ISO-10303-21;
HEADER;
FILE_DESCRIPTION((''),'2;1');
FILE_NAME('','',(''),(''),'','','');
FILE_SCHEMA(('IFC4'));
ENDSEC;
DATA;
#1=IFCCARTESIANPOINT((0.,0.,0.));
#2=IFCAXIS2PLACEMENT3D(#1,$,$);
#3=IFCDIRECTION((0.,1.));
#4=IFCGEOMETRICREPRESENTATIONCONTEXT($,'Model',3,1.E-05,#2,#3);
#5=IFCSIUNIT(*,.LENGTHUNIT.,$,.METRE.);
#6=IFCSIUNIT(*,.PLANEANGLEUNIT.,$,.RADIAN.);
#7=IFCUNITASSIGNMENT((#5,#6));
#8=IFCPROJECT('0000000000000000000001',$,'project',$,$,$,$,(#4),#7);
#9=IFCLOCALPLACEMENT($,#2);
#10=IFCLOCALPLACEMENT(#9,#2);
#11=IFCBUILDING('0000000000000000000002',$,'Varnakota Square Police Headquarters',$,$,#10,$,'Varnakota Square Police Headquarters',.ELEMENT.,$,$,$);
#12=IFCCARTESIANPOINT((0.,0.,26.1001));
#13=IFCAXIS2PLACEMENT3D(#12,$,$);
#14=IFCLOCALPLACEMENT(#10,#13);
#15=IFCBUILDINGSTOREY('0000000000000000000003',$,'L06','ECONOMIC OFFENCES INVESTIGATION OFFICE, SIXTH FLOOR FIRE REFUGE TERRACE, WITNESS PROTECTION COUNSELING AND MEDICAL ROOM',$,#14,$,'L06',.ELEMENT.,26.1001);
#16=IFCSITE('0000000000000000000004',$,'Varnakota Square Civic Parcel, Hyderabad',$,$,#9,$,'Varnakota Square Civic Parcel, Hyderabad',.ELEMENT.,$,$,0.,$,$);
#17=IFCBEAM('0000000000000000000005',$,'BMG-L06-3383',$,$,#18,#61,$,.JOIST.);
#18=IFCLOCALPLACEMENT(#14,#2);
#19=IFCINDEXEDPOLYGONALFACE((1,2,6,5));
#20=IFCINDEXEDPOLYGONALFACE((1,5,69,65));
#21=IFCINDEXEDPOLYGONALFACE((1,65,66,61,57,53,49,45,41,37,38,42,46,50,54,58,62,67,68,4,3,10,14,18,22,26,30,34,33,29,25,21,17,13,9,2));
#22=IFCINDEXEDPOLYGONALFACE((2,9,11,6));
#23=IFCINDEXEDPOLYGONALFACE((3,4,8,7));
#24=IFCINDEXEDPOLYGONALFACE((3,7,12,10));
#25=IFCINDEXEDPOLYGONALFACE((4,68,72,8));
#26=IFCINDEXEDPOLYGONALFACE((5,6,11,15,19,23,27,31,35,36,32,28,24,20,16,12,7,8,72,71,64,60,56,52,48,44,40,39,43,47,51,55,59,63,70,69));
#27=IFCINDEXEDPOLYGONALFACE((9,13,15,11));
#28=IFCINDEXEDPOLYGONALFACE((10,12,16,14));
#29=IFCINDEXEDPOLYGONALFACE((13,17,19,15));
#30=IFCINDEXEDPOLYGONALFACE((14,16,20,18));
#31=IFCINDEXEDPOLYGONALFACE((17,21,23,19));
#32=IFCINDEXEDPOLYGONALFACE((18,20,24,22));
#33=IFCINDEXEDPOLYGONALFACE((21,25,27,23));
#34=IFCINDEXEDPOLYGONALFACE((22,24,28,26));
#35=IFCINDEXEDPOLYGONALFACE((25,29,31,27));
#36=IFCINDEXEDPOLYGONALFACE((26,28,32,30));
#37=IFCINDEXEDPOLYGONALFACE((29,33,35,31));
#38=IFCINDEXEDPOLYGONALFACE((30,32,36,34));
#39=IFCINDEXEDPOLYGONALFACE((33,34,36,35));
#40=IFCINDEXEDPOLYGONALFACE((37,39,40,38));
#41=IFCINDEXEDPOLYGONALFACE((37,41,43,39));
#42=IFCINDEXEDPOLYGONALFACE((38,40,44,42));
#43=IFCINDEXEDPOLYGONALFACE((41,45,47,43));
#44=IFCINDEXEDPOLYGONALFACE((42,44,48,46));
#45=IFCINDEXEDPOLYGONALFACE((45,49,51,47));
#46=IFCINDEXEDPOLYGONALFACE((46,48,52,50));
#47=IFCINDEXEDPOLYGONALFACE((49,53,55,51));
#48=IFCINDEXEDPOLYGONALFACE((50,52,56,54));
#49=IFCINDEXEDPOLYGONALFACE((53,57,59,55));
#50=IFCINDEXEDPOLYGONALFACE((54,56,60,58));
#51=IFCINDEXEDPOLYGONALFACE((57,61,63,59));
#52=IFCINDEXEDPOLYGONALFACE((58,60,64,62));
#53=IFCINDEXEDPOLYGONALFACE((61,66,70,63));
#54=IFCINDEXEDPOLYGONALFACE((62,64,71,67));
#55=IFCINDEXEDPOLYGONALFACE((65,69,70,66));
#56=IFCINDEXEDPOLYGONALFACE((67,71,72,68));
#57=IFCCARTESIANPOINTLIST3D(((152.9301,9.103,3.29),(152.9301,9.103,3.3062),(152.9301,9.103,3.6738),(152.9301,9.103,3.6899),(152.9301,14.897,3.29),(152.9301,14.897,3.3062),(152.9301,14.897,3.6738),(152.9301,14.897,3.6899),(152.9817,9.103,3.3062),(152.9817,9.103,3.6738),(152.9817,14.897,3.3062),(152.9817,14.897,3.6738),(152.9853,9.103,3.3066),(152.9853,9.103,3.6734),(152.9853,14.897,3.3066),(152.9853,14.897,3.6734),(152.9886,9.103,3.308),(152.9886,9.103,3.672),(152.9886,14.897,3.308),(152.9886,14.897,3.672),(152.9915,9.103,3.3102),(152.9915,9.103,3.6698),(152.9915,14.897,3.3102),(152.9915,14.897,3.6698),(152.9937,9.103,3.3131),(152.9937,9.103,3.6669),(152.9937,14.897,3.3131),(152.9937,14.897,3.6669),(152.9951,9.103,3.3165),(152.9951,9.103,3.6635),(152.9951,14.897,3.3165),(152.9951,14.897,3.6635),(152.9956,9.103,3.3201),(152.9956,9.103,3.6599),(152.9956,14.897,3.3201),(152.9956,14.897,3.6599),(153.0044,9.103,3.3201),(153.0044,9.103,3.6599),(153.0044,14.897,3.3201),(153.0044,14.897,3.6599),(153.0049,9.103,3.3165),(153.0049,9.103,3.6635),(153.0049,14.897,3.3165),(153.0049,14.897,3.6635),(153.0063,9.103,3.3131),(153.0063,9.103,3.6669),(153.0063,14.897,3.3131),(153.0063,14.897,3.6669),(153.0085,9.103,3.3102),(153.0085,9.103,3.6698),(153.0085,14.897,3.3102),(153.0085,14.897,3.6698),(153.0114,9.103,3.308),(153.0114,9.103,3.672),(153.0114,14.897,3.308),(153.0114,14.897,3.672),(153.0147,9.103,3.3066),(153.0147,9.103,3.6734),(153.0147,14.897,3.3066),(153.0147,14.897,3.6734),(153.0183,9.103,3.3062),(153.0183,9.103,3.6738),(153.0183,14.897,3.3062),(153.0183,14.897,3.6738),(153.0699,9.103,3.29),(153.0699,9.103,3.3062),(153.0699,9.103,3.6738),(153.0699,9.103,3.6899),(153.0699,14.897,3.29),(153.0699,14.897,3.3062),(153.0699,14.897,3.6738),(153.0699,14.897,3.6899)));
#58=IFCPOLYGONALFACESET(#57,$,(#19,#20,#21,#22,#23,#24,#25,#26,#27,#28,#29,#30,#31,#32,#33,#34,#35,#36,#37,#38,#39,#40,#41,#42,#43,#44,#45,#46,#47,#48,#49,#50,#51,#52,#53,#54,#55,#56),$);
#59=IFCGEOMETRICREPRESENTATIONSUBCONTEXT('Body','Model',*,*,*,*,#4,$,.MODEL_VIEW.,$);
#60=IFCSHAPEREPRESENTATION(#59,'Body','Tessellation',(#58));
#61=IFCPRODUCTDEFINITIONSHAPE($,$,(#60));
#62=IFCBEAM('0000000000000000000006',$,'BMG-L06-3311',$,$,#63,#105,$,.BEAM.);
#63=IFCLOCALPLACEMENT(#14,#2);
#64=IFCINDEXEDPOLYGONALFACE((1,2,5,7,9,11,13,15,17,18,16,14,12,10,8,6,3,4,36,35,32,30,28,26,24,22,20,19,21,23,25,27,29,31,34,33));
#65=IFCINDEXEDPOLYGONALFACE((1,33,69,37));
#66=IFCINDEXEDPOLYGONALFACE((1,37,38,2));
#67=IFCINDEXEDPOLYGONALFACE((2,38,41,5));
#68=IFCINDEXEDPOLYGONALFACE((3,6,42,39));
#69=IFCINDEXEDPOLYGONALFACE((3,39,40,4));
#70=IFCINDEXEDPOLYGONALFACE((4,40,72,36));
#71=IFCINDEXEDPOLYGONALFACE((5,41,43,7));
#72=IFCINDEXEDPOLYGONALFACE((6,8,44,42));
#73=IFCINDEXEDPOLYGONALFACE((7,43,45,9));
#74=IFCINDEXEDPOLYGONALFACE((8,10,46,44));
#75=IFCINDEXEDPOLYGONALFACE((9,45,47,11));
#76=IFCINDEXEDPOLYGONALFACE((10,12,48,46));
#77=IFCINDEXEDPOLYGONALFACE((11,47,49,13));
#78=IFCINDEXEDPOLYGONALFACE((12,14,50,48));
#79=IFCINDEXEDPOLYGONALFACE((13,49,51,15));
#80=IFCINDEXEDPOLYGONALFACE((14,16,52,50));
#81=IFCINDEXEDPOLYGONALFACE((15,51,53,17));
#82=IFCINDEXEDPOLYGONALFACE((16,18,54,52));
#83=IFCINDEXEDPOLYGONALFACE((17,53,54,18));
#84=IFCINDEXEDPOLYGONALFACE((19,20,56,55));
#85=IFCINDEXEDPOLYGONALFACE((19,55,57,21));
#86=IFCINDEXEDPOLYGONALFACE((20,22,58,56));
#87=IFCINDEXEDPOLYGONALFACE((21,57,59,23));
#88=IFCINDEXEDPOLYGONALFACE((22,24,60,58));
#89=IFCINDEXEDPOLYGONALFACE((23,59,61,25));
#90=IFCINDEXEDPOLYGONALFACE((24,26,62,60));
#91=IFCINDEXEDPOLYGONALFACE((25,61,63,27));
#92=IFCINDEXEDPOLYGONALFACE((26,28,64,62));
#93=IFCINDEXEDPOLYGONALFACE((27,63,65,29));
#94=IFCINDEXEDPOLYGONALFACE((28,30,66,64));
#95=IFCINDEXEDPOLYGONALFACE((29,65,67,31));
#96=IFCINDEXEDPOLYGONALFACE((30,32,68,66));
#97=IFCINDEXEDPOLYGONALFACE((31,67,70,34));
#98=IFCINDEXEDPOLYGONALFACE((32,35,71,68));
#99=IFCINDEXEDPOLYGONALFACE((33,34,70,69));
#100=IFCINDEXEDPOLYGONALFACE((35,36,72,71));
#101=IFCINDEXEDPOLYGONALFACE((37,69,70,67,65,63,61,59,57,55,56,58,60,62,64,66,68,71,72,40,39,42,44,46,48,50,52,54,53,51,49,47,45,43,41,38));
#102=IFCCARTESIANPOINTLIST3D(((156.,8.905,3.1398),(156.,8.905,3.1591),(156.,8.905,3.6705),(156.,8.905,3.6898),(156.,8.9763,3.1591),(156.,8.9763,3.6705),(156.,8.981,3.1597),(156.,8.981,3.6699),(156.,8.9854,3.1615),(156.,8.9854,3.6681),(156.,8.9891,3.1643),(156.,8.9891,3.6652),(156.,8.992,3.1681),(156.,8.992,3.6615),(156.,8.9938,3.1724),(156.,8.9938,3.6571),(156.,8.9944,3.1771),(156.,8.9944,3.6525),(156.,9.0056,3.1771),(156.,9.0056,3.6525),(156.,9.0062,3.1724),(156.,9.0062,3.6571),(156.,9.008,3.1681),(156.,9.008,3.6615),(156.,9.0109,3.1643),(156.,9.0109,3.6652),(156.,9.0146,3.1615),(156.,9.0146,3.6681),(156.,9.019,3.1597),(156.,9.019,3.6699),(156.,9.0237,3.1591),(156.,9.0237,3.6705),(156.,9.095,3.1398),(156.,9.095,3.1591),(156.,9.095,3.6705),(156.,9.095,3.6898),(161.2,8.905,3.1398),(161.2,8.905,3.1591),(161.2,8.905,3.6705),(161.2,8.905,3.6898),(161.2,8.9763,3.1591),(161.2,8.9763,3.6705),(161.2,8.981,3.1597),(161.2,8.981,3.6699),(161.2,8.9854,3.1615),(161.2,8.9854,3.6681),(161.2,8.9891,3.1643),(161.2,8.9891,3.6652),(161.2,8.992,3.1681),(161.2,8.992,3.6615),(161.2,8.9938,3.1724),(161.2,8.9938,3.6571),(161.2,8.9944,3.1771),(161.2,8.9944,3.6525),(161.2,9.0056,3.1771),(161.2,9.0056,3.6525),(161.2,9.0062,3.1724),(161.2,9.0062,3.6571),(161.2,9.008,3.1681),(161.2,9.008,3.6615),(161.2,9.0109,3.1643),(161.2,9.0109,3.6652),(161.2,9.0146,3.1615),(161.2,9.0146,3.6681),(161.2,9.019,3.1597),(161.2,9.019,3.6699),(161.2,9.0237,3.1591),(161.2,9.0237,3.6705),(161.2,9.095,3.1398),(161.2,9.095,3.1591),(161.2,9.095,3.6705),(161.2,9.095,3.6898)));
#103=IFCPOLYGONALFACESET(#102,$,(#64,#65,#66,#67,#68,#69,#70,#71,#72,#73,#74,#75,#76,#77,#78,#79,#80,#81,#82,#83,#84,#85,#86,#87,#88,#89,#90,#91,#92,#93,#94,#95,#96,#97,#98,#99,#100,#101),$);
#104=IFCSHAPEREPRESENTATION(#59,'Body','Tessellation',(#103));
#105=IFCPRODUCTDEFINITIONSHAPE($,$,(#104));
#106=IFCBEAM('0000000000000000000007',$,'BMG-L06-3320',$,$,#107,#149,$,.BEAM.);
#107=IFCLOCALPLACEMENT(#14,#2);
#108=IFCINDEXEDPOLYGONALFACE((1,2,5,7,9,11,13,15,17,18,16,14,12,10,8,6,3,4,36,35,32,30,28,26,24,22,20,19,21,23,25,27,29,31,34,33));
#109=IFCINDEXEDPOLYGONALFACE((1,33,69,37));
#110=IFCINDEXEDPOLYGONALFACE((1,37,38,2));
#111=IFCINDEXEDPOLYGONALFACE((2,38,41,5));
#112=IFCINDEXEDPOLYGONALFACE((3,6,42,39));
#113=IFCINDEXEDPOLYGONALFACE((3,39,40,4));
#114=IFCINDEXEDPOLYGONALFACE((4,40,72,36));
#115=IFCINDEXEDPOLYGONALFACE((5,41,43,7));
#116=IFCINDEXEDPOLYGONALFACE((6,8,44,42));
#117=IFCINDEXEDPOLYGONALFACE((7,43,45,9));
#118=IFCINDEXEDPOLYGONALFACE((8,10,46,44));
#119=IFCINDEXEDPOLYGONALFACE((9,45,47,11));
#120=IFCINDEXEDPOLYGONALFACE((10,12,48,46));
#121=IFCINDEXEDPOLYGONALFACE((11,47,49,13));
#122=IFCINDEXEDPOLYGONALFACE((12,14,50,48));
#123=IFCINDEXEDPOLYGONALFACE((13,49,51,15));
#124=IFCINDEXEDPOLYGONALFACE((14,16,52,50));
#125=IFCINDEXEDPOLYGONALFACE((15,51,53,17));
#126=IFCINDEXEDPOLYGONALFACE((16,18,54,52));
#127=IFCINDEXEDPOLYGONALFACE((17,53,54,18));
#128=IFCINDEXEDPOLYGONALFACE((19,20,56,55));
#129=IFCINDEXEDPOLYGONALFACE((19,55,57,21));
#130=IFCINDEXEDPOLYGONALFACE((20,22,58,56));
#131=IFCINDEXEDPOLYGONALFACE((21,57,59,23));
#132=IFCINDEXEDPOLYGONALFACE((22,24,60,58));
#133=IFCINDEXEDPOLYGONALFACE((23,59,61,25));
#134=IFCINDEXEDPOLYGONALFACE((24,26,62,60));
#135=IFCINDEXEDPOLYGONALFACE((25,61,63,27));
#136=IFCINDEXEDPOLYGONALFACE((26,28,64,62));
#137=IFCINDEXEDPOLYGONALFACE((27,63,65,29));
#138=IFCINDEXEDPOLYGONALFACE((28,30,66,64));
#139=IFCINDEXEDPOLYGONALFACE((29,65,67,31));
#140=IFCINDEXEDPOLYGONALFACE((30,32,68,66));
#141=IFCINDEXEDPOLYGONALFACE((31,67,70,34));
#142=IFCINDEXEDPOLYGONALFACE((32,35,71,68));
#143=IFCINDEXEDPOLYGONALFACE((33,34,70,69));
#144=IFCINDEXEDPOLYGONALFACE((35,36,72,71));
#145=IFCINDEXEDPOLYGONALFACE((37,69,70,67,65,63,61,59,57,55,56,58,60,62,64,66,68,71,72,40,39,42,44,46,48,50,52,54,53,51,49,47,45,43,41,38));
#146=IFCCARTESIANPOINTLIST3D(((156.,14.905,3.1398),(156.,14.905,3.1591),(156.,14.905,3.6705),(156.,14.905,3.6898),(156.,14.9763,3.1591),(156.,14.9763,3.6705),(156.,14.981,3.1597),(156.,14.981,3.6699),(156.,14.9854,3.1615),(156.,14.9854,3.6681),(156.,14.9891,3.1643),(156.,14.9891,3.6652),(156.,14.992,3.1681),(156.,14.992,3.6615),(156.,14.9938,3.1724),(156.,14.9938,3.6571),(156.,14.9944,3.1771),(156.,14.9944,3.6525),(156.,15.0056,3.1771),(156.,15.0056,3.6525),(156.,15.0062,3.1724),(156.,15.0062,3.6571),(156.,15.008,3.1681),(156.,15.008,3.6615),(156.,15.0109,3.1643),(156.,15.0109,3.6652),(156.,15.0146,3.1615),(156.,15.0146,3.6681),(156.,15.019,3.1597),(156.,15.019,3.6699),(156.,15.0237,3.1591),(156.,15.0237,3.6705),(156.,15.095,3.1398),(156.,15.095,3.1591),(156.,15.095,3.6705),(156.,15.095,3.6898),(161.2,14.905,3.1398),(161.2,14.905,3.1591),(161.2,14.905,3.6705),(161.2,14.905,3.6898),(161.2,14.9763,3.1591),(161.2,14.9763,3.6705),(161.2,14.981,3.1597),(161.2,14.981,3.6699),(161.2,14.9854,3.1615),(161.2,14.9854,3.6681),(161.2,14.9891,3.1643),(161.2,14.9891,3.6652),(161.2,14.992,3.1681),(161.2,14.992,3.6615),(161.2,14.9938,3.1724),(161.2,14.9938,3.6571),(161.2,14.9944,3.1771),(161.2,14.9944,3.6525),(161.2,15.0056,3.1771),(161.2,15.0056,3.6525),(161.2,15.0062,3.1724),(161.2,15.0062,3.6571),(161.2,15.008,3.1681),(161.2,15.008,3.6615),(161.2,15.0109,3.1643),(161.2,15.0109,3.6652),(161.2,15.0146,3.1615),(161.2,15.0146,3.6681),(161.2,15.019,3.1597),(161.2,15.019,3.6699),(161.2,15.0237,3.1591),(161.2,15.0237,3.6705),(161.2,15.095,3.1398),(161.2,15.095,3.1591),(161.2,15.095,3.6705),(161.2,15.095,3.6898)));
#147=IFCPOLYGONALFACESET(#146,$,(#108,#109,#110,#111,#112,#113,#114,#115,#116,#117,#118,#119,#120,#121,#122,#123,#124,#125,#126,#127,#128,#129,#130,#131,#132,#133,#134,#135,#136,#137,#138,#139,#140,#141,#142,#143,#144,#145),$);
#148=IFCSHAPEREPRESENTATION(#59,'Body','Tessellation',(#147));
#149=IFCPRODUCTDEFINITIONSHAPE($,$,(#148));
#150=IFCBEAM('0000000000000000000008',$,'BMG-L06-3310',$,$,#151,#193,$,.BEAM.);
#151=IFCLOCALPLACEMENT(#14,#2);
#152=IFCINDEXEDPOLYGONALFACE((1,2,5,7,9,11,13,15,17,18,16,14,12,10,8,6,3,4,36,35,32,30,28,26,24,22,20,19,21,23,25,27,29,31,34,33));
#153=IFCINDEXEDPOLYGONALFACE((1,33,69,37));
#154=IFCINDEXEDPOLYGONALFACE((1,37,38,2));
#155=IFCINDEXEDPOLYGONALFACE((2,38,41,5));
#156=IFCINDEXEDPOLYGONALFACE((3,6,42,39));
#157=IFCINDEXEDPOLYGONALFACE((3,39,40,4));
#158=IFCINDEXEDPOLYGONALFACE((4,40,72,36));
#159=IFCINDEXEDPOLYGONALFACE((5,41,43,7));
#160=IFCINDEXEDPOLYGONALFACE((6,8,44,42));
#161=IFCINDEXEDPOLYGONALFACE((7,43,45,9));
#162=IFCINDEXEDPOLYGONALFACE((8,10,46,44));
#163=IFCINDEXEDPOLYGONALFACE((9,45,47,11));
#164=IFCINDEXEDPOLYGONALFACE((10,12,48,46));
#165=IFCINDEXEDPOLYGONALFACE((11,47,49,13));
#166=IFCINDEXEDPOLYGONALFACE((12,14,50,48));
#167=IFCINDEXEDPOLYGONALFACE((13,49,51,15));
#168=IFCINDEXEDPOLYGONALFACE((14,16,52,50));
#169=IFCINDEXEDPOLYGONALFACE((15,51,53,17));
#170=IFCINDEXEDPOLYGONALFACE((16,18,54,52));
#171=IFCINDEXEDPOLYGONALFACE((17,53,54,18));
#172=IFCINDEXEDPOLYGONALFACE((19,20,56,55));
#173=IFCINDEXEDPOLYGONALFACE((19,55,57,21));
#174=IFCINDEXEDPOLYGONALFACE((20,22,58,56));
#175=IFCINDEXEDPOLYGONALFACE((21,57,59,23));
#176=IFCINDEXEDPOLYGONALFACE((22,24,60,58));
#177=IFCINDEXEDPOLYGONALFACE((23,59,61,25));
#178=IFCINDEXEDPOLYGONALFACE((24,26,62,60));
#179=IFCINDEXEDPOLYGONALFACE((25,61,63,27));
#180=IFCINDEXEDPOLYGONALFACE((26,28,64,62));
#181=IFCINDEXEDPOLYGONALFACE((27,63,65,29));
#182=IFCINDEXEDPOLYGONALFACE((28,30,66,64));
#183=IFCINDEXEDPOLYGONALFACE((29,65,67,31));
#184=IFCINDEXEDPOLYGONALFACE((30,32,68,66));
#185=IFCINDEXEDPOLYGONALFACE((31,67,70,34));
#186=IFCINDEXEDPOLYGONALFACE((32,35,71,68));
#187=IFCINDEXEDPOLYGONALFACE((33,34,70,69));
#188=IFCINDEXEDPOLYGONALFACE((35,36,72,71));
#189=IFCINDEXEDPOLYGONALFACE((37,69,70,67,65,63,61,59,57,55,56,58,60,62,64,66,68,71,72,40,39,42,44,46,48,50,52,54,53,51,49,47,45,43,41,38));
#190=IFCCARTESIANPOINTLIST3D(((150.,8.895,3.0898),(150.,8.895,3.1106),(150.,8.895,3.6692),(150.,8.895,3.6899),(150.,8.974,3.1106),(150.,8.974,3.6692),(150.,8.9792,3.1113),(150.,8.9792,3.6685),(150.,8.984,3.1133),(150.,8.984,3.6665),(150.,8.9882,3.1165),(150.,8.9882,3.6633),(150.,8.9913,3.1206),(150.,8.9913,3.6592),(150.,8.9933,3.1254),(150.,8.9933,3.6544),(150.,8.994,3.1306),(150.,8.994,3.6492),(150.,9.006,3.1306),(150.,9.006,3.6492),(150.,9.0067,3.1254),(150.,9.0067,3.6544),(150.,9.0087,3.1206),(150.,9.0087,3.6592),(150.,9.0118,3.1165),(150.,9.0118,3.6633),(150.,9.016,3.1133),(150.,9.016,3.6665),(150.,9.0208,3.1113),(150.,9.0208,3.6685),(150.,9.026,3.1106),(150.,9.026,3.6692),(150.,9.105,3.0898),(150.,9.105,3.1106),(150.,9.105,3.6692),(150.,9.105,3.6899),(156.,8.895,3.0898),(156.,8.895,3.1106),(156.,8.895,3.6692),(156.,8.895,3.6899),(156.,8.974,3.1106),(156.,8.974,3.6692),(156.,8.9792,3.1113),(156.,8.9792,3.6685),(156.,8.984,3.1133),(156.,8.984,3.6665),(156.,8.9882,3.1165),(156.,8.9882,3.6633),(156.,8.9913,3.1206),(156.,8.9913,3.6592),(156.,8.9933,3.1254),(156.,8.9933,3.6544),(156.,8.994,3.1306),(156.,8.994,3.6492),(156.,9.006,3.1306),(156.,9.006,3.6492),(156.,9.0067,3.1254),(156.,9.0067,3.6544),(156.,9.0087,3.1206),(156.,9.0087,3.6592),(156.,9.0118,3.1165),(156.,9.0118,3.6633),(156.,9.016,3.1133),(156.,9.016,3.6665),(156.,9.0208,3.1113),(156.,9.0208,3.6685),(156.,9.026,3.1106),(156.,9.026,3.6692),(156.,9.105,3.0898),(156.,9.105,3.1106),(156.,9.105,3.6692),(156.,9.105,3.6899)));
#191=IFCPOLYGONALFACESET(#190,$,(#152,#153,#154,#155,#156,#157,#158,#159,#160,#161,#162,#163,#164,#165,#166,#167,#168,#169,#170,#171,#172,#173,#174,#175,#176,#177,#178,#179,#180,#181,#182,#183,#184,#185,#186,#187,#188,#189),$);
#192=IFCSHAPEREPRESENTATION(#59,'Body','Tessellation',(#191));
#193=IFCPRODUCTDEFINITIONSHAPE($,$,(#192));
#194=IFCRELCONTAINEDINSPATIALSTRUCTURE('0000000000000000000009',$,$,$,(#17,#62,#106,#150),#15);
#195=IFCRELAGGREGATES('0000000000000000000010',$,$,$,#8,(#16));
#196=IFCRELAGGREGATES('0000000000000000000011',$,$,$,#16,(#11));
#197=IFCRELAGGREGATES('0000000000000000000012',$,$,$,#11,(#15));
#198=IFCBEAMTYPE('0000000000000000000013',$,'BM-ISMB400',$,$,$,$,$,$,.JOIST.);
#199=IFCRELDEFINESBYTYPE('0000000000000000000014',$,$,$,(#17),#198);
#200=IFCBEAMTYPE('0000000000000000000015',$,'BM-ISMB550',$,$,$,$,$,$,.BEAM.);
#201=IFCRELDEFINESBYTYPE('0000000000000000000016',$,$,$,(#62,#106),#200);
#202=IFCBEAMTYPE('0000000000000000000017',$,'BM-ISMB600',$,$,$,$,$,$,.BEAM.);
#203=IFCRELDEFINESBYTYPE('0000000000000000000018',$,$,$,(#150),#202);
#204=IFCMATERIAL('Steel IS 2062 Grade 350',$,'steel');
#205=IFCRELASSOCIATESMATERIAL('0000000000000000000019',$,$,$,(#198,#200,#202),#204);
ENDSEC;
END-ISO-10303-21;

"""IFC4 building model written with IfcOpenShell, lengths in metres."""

from ifc_helpers import new_model, si_unit, direction, frame, origin, origin_2d, place, context, subcontext, project, spatial, i_section, extrude, material, material_profile, profile_set, type_object, element, save


model = new_model("IFC4")

# Units and contexts
model_context = context("Model", 3, precision=1e-05, world=origin(), true_north=direction((0.0, 1.0)))
body_context = subcontext(model_context, "Body", "Model", "MODEL_VIEW")
ifc_project = project(units=[si_unit("LENGTHUNIT", "METRE"), si_unit("PLANEANGLEUNIT", "RADIAN")], contexts=[model_context])

# Site, building, storey
site_placement = place(None, origin())
site = spatial("IfcSite", under=ifc_project, at=site_placement, Name="Varnakota Square Civic Parcel, Hyderabad", LongName="Varnakota Square Civic Parcel, Hyderabad", CompositionType="ELEMENT", RefElevation=0.0)
building_placement = place(site_placement, origin())
building = spatial("IfcBuilding", under=site, at=building_placement, Name="Varnakota Square Police Headquarters", LongName="Varnakota Square Police Headquarters", CompositionType="ELEMENT")
storey_placement = place(building_placement, frame((0.0, 0.0, 26.1001)))
storey = spatial("IfcBuildingStorey", under=building, at=storey_placement, Name="L06", Description="ECONOMIC OFFENCES INVESTIGATION OFFICE, SIXTH FLOOR FIRE REFUGE TERRACE, WITNESS PROTECTION COUNSELING AND MEDICAL ROOM", LongName="L06", CompositionType="ELEMENT", Elevation=26.1001)

# Shared definitions
ifc_material_1 = material(Name="Steel IS 2062 Grade 350", Category="steel")

# Beams
ifc_material_profile_1 = material_profile(ifc_material_1, i_section(OverallWidth=0.1399, OverallDepth=0.3999, WebThickness=0.0088, FlangeThickness=0.0161, FilletRadius=0.0139, at=origin_2d()), Name="ISMB 400")
ifc_profile_set_1 = profile_set([ifc_material_profile_1], Name="Steel IS 2062 Grade 350")
beam_type_1 = type_object("IfcBeamType", Name="BM-ISMB400", PredefinedType="JOIST", material=ifc_profile_set_1)
beam_1_placement = place(storey_placement, frame((153.0, 9.103, 3.49), z_axis=(0.0, 1.0, 0.0), x_axis=(-1.0, 0.0, 0.0)))
element("IfcBeam", 1, at=beam_1_placement, inside=storey, type_object=beam_type_1, Name="BMG-L06-3383", PredefinedType="JOIST", context=body_context, shape_type="SweptSolid", body=[
    extrude(i_section(OverallWidth=0.1399, OverallDepth=0.3999, WebThickness=0.0088, FlangeThickness=0.0161, FilletRadius=0.0139, at=origin_2d()), origin(), (0.0, 0.0, 1.0), 5.7939),
])
ifc_material_profile_2 = material_profile(ifc_material_1, i_section(OverallWidth=0.1899, OverallDepth=0.55, WebThickness=0.0112, FlangeThickness=0.0193, FilletRadius=0.0181, at=origin_2d()), Name="ISMB 550")
ifc_profile_set_2 = profile_set([ifc_material_profile_2], Name="Steel IS 2062 Grade 350")
beam_type_2 = type_object("IfcBeamType", Name="BM-ISMB550", PredefinedType="BEAM", material=ifc_profile_set_2)
for number, where, z_axis, x_axis, name in (
    (2, (156.0, 9.0, 3.4148), (1.0, 0.0, 0.0), (0.0, 1.0, 0.0), "BMG-L06-3311"),
    (3, (156.0, 15.0, 3.4148), (1.0, 0.0, 0.0), (0.0, 1.0, 0.0), "BMG-L06-3320"),
):
    element("IfcBeam", number, at=place(storey_placement, frame(where, z_axis=z_axis, x_axis=x_axis)), inside=storey, type_object=beam_type_2, Name=name, PredefinedType="BEAM", context=body_context, shape_type="SweptSolid", body=[
        extrude(i_section(OverallWidth=0.1899, OverallDepth=0.55, WebThickness=0.0112, FlangeThickness=0.0193, FilletRadius=0.0181, at=origin_2d()), origin(), (0.0, 0.0, 1.0), 5.2),
    ])
ifc_material_profile_3 = material_profile(ifc_material_1, i_section(OverallWidth=0.21, OverallDepth=0.6001, WebThickness=0.012, FlangeThickness=0.0208, FilletRadius=0.02, at=origin_2d()), Name="ISMB 600")
ifc_profile_set_3 = profile_set([ifc_material_profile_3], Name="Steel IS 2062 Grade 350")
beam_type_3 = type_object("IfcBeamType", Name="BM-ISMB600", PredefinedType="BEAM", material=ifc_profile_set_3)
for number, where, z_axis, x_axis, name in (
    (4, (150.0, 9.0, 3.3899), (1.0, 0.0, 0.0), (0.0, 1.0, 0.0), "BMG-L06-3310"),
):
    element("IfcBeam", number, at=place(storey_placement, frame(where, z_axis=z_axis, x_axis=x_axis)), inside=storey, type_object=beam_type_3, Name=name, PredefinedType="BEAM", context=body_context, shape_type="SweptSolid", body=[
        extrude(i_section(OverallWidth=0.21, OverallDepth=0.6001, WebThickness=0.012, FlangeThickness=0.0208, FilletRadius=0.02, at=origin_2d()), origin(), (0.0, 0.0, 1.0), 6.0),
    ])

save(model, "model.ifc")
